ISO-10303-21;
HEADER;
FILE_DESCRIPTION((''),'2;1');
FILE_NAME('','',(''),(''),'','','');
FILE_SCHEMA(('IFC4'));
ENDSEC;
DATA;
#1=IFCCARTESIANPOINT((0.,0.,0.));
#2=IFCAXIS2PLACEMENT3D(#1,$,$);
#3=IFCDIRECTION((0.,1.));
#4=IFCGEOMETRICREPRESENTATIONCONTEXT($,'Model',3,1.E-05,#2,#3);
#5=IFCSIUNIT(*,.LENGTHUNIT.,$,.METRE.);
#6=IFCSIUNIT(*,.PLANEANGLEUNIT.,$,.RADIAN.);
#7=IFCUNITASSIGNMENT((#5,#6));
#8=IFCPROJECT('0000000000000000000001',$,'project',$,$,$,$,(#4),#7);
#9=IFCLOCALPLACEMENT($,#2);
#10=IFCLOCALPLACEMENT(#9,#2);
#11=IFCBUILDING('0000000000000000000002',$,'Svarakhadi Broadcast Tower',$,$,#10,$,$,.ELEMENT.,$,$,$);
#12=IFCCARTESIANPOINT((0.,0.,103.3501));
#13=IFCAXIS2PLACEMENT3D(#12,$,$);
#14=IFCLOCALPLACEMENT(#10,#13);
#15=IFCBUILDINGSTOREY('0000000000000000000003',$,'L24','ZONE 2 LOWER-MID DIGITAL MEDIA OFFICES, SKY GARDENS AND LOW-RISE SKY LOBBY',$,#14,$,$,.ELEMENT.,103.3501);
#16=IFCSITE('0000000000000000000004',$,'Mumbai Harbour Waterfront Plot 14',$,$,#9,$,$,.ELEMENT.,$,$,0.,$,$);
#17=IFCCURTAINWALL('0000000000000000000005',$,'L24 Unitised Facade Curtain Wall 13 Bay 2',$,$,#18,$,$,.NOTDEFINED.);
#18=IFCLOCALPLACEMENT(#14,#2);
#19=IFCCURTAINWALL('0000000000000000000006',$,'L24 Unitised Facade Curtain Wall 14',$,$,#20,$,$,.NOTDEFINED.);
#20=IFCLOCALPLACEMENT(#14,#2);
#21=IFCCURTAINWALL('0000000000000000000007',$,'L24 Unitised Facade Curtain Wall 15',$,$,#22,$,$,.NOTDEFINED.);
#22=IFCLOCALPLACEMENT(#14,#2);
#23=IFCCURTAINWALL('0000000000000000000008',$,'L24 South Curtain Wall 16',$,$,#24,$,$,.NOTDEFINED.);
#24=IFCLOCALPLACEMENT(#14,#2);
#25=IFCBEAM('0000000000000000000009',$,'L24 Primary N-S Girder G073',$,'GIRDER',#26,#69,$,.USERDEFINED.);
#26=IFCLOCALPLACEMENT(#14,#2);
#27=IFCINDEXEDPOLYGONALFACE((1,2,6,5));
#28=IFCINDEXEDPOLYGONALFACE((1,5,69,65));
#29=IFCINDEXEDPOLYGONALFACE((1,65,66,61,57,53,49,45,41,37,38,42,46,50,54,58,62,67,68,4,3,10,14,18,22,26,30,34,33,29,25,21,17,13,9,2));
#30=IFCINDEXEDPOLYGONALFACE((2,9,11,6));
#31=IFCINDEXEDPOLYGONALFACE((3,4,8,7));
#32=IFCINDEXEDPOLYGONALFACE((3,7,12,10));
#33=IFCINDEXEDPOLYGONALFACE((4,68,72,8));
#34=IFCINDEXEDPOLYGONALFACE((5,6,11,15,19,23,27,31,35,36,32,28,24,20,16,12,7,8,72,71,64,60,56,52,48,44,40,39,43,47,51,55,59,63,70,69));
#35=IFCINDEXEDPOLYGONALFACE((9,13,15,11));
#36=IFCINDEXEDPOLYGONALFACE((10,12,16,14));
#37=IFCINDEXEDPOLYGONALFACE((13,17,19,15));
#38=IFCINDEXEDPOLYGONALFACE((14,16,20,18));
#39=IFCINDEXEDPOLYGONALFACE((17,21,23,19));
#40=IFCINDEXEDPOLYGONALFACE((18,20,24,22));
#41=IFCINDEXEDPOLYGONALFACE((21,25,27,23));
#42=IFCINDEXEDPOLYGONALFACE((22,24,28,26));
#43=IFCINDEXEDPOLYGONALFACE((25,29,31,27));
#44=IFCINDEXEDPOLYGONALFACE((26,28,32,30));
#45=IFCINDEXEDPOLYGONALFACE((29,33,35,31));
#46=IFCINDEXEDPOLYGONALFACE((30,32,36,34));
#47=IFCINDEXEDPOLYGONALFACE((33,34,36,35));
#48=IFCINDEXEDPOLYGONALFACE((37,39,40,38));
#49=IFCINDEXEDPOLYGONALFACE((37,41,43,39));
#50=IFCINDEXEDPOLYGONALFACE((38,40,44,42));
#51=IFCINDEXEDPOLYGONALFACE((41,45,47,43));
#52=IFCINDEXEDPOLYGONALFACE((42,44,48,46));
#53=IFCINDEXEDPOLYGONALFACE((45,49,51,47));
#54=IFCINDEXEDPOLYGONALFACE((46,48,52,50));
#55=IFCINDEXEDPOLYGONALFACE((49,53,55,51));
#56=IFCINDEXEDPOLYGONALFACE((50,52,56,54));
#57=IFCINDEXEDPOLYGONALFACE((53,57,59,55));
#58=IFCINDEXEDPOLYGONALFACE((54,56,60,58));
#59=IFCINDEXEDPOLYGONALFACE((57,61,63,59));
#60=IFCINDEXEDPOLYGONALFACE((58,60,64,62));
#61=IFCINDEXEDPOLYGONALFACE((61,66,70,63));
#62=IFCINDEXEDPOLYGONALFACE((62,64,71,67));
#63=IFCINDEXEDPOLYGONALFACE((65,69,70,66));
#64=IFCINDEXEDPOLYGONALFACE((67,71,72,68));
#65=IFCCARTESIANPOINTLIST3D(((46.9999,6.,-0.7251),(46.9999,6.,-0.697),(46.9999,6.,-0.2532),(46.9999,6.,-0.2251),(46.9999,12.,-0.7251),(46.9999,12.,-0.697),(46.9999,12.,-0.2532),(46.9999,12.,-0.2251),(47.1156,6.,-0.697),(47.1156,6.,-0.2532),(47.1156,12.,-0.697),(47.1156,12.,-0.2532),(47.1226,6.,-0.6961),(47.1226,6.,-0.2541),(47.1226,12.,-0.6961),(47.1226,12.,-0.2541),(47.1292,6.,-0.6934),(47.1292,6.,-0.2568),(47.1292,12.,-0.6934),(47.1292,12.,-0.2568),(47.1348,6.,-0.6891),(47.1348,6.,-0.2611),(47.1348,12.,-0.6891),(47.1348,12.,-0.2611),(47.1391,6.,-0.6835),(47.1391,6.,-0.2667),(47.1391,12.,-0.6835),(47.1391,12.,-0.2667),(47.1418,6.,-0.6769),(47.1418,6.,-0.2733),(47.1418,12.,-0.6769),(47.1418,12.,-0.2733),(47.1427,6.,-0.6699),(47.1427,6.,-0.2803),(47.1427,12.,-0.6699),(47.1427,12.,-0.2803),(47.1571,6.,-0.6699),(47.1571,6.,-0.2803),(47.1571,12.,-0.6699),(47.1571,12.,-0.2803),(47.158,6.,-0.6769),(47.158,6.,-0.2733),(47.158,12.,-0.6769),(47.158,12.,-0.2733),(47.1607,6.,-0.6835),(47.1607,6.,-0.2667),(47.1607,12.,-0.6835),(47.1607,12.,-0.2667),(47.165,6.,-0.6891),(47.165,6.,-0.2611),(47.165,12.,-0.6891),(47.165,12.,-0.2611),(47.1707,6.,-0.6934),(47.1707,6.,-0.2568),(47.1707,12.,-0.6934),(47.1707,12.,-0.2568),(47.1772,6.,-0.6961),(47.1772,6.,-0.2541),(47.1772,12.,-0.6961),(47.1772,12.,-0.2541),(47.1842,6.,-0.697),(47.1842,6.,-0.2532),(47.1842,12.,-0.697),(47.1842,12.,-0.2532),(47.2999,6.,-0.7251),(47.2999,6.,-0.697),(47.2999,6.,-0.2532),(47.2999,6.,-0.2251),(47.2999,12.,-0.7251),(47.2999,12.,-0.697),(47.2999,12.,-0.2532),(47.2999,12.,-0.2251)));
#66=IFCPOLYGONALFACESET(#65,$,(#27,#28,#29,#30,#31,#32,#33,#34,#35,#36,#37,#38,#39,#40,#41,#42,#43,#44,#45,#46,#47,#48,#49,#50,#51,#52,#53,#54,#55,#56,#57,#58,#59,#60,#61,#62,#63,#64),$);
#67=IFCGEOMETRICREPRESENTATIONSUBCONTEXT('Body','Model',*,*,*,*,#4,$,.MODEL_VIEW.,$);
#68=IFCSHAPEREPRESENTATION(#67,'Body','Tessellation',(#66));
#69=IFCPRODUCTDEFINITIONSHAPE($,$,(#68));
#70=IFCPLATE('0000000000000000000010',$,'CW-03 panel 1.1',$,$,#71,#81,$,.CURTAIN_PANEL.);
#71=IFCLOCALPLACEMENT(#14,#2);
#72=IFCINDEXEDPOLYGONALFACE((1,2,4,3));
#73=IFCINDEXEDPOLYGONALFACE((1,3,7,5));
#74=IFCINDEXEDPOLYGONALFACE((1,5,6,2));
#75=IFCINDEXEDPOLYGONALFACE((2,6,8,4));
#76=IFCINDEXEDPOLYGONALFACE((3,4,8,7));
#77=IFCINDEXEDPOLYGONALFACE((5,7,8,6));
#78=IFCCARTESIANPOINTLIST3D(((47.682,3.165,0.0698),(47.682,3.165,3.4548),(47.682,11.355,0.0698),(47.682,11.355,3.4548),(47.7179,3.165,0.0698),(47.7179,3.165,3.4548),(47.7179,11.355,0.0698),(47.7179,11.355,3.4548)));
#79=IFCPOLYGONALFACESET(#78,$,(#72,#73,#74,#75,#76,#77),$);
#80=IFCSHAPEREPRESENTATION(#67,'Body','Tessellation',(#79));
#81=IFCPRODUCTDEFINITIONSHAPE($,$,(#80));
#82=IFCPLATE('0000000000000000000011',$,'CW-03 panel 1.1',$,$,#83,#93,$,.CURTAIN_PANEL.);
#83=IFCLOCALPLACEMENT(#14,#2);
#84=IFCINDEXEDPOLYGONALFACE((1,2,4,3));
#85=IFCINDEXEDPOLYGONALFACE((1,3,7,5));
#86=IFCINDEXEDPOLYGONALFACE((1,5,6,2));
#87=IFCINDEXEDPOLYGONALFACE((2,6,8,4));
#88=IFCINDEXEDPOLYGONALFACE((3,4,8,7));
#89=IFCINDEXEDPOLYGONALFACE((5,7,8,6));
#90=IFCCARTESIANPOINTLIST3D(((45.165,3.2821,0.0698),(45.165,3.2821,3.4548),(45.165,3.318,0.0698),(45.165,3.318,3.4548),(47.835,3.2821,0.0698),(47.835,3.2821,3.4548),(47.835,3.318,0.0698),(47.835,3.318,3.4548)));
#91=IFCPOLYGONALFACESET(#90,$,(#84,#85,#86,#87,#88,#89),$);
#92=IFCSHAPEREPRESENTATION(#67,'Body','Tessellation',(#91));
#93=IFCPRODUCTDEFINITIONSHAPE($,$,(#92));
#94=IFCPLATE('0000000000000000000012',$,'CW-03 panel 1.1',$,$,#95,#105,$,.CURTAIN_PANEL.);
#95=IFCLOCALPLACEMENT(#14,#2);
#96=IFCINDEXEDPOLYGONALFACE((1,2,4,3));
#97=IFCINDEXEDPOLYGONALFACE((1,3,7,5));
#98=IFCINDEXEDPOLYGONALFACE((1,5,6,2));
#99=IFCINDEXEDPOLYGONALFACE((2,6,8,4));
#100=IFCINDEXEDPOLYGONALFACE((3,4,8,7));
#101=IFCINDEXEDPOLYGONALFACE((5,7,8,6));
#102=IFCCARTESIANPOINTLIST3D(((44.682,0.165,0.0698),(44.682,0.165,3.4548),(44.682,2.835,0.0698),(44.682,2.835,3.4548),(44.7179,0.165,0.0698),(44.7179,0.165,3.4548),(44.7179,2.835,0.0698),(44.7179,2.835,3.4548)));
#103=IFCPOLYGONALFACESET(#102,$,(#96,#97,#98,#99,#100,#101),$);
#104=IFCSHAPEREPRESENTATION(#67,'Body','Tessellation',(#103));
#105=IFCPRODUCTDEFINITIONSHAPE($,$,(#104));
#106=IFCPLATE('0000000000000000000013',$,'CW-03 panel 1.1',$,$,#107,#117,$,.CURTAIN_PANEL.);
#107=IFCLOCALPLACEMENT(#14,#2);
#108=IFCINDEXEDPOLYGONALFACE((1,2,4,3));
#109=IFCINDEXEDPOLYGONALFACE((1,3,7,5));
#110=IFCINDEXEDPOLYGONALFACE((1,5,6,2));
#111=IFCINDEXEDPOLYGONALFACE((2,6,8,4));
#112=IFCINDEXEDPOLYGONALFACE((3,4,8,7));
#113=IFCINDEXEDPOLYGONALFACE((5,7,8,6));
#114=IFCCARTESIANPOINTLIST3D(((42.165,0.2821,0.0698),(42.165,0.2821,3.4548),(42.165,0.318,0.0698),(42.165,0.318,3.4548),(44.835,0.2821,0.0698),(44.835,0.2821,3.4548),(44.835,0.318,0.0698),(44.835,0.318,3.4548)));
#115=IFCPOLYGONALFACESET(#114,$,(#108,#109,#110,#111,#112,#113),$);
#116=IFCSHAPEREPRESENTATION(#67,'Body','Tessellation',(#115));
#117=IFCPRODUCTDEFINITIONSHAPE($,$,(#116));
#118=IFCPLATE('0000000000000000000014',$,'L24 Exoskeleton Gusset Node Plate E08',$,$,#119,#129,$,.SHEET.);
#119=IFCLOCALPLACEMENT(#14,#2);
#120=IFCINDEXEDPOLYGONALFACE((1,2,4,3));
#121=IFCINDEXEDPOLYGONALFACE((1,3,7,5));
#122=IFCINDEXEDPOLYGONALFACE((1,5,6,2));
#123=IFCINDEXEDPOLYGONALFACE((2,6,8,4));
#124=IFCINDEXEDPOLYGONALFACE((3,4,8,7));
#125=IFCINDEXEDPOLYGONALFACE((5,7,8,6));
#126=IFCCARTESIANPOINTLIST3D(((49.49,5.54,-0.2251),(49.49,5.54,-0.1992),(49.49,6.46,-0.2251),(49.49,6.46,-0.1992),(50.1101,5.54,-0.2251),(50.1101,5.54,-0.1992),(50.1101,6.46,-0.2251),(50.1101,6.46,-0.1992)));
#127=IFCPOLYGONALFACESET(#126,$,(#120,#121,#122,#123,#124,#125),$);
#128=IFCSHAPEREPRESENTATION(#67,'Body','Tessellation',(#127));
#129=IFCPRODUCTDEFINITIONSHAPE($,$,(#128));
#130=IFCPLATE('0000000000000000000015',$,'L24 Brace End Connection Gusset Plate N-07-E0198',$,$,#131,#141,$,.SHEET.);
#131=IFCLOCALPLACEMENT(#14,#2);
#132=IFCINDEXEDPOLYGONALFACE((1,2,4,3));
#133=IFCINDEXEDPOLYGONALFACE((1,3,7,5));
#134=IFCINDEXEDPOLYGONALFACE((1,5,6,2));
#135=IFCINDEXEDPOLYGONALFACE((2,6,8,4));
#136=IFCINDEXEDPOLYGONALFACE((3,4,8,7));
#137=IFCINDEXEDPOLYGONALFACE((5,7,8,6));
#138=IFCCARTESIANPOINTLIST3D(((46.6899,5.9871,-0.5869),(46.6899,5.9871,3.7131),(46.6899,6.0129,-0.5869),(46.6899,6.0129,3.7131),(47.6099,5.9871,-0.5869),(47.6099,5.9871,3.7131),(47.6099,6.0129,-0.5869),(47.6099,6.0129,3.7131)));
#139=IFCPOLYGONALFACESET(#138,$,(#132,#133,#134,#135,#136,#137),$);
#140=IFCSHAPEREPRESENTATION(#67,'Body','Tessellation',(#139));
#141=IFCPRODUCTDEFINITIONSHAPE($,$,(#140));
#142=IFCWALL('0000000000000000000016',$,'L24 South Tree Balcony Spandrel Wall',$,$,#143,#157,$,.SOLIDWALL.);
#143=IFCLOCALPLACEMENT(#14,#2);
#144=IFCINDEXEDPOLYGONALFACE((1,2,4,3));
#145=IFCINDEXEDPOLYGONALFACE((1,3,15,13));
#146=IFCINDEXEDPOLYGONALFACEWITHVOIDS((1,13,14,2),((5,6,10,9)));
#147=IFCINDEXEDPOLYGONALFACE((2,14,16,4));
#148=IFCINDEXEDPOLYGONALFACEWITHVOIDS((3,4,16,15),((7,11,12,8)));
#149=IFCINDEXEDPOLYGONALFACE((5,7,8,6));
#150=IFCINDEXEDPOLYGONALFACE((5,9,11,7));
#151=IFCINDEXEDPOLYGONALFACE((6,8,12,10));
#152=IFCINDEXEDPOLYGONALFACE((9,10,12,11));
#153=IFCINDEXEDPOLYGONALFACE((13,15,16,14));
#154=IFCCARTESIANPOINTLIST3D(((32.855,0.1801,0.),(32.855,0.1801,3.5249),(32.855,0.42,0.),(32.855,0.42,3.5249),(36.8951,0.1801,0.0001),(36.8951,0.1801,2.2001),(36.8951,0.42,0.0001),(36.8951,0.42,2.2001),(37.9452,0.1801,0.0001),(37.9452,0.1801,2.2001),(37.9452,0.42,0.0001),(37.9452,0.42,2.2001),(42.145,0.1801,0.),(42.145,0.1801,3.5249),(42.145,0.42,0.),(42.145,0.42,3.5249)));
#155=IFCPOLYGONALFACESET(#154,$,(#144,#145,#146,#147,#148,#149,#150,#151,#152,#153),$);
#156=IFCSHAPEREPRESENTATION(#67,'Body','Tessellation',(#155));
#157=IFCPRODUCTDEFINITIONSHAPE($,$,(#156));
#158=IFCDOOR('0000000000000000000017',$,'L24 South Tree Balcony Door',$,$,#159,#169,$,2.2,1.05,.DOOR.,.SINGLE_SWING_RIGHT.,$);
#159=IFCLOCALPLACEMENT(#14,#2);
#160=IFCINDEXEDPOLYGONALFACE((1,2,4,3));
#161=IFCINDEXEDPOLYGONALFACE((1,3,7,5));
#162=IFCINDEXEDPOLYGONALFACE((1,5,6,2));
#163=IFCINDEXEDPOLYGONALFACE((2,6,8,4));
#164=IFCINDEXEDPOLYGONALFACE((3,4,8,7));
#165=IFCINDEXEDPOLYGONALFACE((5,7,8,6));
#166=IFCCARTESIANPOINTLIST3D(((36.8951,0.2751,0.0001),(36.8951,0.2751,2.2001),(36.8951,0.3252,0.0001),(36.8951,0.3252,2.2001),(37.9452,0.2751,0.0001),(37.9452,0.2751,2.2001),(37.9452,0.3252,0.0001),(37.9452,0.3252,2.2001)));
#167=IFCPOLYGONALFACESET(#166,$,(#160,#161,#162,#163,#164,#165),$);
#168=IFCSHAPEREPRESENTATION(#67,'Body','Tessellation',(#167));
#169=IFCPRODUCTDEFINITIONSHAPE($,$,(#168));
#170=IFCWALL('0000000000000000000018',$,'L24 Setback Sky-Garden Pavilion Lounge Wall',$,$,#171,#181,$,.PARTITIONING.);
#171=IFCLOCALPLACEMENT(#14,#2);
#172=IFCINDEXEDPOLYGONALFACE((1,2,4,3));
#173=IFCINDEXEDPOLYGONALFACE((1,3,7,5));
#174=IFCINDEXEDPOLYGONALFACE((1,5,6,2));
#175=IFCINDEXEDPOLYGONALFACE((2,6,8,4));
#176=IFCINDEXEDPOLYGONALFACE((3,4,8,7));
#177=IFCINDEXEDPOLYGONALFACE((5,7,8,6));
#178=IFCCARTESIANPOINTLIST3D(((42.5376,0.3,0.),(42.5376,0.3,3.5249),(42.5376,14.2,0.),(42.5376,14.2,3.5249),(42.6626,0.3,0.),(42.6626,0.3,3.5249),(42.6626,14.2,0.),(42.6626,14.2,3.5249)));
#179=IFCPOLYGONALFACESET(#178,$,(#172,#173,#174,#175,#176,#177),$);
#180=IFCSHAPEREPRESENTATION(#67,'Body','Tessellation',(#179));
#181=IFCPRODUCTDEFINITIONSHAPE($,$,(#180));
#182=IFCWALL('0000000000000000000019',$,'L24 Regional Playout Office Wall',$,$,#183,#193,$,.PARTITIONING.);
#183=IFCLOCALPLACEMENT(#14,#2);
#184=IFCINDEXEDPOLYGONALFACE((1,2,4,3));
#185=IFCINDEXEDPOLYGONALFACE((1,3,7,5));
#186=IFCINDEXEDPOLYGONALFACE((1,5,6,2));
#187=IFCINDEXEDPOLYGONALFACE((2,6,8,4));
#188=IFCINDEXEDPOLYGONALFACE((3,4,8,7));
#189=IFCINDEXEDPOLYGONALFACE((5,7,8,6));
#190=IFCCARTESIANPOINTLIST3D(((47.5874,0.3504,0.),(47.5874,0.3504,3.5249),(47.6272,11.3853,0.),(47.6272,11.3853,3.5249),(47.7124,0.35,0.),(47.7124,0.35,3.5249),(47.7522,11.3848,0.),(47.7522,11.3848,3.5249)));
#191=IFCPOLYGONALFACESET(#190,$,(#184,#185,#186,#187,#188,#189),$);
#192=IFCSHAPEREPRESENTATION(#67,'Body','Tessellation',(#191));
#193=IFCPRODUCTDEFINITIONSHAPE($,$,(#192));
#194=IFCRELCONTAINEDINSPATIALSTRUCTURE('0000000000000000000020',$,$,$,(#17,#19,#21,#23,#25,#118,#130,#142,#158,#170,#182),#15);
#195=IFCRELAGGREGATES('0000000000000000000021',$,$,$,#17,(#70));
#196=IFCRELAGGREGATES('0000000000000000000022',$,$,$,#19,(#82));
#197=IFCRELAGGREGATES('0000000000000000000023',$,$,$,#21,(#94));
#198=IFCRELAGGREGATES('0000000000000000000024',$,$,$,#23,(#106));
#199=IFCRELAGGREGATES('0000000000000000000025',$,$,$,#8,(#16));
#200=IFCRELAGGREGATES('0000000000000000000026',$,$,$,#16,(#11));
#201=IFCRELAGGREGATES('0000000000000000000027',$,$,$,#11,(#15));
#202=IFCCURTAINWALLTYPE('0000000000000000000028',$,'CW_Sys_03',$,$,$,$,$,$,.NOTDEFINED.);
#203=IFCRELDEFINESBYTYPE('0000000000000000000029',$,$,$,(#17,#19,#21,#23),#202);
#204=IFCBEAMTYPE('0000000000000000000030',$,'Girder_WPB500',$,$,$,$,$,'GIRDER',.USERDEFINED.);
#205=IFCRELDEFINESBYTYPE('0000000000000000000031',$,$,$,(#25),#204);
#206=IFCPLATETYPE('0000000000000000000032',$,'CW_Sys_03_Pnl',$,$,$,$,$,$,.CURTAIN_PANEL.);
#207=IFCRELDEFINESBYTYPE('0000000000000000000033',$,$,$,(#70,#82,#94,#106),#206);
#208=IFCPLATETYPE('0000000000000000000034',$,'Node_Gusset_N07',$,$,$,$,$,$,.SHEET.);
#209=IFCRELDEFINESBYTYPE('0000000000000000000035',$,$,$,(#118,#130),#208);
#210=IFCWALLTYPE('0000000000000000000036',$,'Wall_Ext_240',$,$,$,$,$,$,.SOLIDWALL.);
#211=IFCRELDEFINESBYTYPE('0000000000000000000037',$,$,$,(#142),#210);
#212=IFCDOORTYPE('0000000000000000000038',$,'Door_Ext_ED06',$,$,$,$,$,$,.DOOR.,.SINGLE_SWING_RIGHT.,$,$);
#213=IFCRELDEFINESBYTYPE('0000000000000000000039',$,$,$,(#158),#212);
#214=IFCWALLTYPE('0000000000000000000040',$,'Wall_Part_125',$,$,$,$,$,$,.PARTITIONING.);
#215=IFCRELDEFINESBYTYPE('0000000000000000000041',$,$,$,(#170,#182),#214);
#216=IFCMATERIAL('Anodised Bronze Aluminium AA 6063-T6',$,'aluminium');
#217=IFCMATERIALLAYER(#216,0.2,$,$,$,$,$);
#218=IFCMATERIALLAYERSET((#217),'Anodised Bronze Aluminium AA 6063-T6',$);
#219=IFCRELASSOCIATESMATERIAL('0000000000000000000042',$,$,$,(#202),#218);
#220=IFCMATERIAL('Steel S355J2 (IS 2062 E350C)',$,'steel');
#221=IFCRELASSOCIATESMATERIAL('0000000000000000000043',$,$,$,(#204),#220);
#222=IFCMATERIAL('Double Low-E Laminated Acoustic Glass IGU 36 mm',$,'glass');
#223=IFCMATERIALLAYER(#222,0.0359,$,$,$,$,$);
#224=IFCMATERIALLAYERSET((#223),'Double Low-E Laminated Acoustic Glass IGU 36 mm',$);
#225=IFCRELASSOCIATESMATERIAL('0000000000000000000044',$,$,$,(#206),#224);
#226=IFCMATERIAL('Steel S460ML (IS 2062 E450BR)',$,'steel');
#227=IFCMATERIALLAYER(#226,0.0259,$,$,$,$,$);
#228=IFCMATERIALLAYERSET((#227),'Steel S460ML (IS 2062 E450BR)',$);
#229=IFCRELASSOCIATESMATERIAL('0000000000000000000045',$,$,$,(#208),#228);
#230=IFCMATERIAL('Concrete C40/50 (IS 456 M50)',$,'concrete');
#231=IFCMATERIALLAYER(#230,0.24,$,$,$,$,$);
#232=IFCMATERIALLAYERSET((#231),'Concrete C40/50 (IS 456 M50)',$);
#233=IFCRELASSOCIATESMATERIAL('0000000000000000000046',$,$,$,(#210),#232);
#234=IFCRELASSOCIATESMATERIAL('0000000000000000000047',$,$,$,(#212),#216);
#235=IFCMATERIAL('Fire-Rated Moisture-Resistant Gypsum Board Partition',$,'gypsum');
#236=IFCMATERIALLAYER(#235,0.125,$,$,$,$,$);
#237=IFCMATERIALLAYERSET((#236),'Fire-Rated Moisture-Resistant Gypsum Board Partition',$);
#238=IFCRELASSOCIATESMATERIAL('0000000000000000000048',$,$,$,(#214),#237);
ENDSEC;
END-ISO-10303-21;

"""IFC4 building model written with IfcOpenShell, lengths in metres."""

from ifc_helpers import new_model, si_unit, direction, frame, frame_2d, origin, origin_2d, place, context, subcontext, project, spatial, rectangle, i_section, extrude, material, layer, layer_set, material_profile, profile_set, type_object, element, fill, aggregate, save


model = new_model("IFC4")

# Units and contexts
model_context = context("Model", 3, precision=1e-05, world=origin(), true_north=direction((0.0, 1.0)))
body_context = subcontext(model_context, "Body", "Model", "MODEL_VIEW")
ifc_project = project(units=[si_unit("LENGTHUNIT", "METRE"), si_unit("PLANEANGLEUNIT", "RADIAN")], contexts=[model_context])

# Site, building, storey
site_placement = place(None, origin())
site = spatial("IfcSite", under=ifc_project, at=site_placement, Name="Mumbai Harbour Waterfront Plot 14", CompositionType="ELEMENT", RefElevation=0.0)
building_placement = place(site_placement, origin())
building = spatial("IfcBuilding", under=site, at=building_placement, Name="Svarakhadi Broadcast Tower", CompositionType="ELEMENT")
storey_placement = place(building_placement, frame((0.0, 0.0, 103.3501)))
storey = spatial("IfcBuildingStorey", under=building, at=storey_placement, Name="L24", Description="ZONE 2 LOWER-MID DIGITAL MEDIA OFFICES, SKY GARDENS AND LOW-RISE SKY LOBBY", CompositionType="ELEMENT", Elevation=103.3501)

# Shared definitions
ifc_material_1 = material(Name="Steel S460ML (IS 2062 E450BR)", Category="steel")

# Shared definitions
ifc_material_2 = material(Name="Steel S355J2 (IS 2062 E350C)", Category="steel")

# Curtain walls
ifc_material_3 = material(Name="Anodised Bronze Aluminium AA 6063-T6", Category="aluminium")
ifc_layer_1 = layer(ifc_material_3, 0.2)
ifc_layer_set_1 = layer_set([ifc_layer_1], Name="Anodised Bronze Aluminium AA 6063-T6")
curtain_wall_type = type_object("IfcCurtainWallType", Name="CW_Sys_03", PredefinedType="NOTDEFINED", material=ifc_layer_set_1)
curtain_wall_1_placement = place(storey_placement, origin())
curtain_wall_1 = element("IfcCurtainWall", 1, at=curtain_wall_1_placement, inside=storey, type_object=curtain_wall_type, Name="L24 Unitised Facade Curtain Wall 13 Bay 2", PredefinedType="NOTDEFINED")
curtain_wall_2_placement = place(storey_placement, origin())
curtain_wall_2 = element("IfcCurtainWall", 2, at=curtain_wall_2_placement, inside=storey, type_object=curtain_wall_type, Name="L24 Unitised Facade Curtain Wall 14", PredefinedType="NOTDEFINED")
curtain_wall_3_placement = place(storey_placement, origin())
curtain_wall_3 = element("IfcCurtainWall", 3, at=curtain_wall_3_placement, inside=storey, type_object=curtain_wall_type, Name="L24 Unitised Facade Curtain Wall 15", PredefinedType="NOTDEFINED")
curtain_wall_4_placement = place(storey_placement, origin())
curtain_wall_4 = element("IfcCurtainWall", 4, at=curtain_wall_4_placement, inside=storey, type_object=curtain_wall_type, Name="L24 South Curtain Wall 16", PredefinedType="NOTDEFINED")

# Beam
ifc_material_profile_1 = material_profile(ifc_material_2, i_section(OverallWidth=0.3, OverallDepth=0.5, WebThickness=0.0144, FlangeThickness=0.0281, FilletRadius=0.0271, at=origin_2d()), Name="WPB 500x300x187")
ifc_profile_set_1 = profile_set([ifc_material_profile_1], Name="Steel S355J2 (IS 2062 E350C)")
beam_type_1 = type_object("IfcBeamType", Name="Girder_WPB500", ElementType="GIRDER", PredefinedType="USERDEFINED", material=ifc_profile_set_1)
beam_1_placement = place(storey_placement, frame((47.1499, 6.0, -0.4751), z_axis=(0.0, 1.0, 0.0), x_axis=(-1.0, 0.0, 0.0)))
element("IfcBeam", 5, at=beam_1_placement, inside=storey, type_object=beam_type_1, Name="L24 Primary N-S Girder G073", ObjectType="GIRDER", PredefinedType="USERDEFINED", context=body_context, shape_type="SweptSolid", body=[
    extrude(i_section(OverallWidth=0.3, OverallDepth=0.5, WebThickness=0.0144, FlangeThickness=0.0281, FilletRadius=0.0271, at=origin_2d()), origin(), (0.0, 0.0, 1.0), 6.0),
])

# Plates
ifc_material_4 = material(Name="Double Low-E Laminated Acoustic Glass IGU 36 mm", Category="glass")
ifc_layer_2 = layer(ifc_material_4, 0.0359)
ifc_layer_set_2 = layer_set([ifc_layer_2], Name="Double Low-E Laminated Acoustic Glass IGU 36 mm")
plate_type_1 = type_object("IfcPlateType", Name="CW_Sys_03_Pnl", PredefinedType="CURTAIN_PANEL", material=ifc_layer_set_2)
plate_1_placement = place(storey_placement, frame((47.7, 7.26, 0.0698), z_axis=(0.0, 0.0, 1.0), x_axis=(0.0, -1.0, 0.0)))
plate_1 = element("IfcPlate", 6, at=plate_1_placement, type_object=plate_type_1, Name="CW-03 panel 1.1", PredefinedType="CURTAIN_PANEL", context=body_context, shape_type="SweptSolid", body=[
    extrude(rectangle(XDim=8.1899, YDim=0.0359, at=origin_2d()), origin(), (0.0, 0.0, 1.0), 3.385),
])
aggregate(curtain_wall_1, [plate_1])
plate_2_placement = place(storey_placement, frame((46.5, 3.3, 0.0698), z_axis=(0.0, 0.0, 1.0), x_axis=(-1.0, 0.0, 0.0)))
plate_2 = element("IfcPlate", 7, at=plate_2_placement, type_object=plate_type_1, Name="CW-03 panel 1.1", PredefinedType="CURTAIN_PANEL", context=body_context, shape_type="SweptSolid", body=[
    extrude(rectangle(XDim=2.6699, YDim=0.0359, at=origin_2d()), origin(), (0.0, 0.0, 1.0), 3.385),
])
aggregate(curtain_wall_2, [plate_2])
plate_3_placement = place(storey_placement, frame((44.7, 1.5, 0.0698), z_axis=(0.0, 0.0, 1.0), x_axis=(0.0, -1.0, 0.0)))
plate_3 = element("IfcPlate", 8, at=plate_3_placement, type_object=plate_type_1, Name="CW-03 panel 1.1", PredefinedType="CURTAIN_PANEL", context=body_context, shape_type="SweptSolid", body=[
    extrude(rectangle(XDim=2.6699, YDim=0.0359, at=origin_2d()), origin(), (0.0, 0.0, 1.0), 3.385),
])
aggregate(curtain_wall_3, [plate_3])
plate_4_placement = place(storey_placement, frame((43.5, 0.3, 0.0698), z_axis=(0.0, 0.0, 1.0), x_axis=(-1.0, 0.0, 0.0)))
plate_4 = element("IfcPlate", 9, at=plate_4_placement, type_object=plate_type_1, Name="CW-03 panel 1.1", PredefinedType="CURTAIN_PANEL", context=body_context, shape_type="SweptSolid", body=[
    extrude(rectangle(XDim=2.6699, YDim=0.0359, at=origin_2d()), origin(), (0.0, 0.0, 1.0), 3.385),
])
aggregate(curtain_wall_4, [plate_4])

# Plates
ifc_layer_3 = layer(ifc_material_1, 0.0259)
ifc_layer_set_3 = layer_set([ifc_layer_3], Name="Steel S460ML (IS 2062 E450BR)")
plate_type_2 = type_object("IfcPlateType", Name="Node_Gusset_N07", PredefinedType="SHEET", material=ifc_layer_set_3)
plate_5_placement = place(storey_placement, frame((49.8, 6.0, -0.2251), z_axis=(0.0, 0.0, 1.0), x_axis=(0.0, 1.0, 0.0)))
element("IfcPlate", 10, at=plate_5_placement, inside=storey, type_object=plate_type_2, Name="L24 Exoskeleton Gusset Node Plate E08", PredefinedType="SHEET", context=body_context, shape_type="SweptSolid", body=[
    extrude(rectangle(XDim=0.9199, YDim=0.6201, at=origin_2d()), origin(), (0.0, 0.0, 1.0), 0.0259),
])
plate_6_placement = place(storey_placement, frame((47.1499, 6.0, -0.5869), z_axis=(0.0, 0.0, 1.0), x_axis=(1.0, 0.0, 0.0)))
element("IfcPlate", 11, at=plate_6_placement, inside=storey, type_object=plate_type_2, Name="L24 Brace End Connection Gusset Plate N-07-E0198", PredefinedType="SHEET", context=body_context, shape_type="SweptSolid", body=[
    extrude(rectangle(XDim=0.9199, YDim=0.0259, at=origin_2d()), origin(), (0.0, 0.0, 1.0), 4.3),
])

# Wall, opening, door
ifc_material_5 = material(Name="Concrete C40/50 (IS 456 M50)", Category="concrete")
ifc_layer_4 = layer(ifc_material_5, 0.24)
ifc_layer_set_4 = layer_set([ifc_layer_4], Name="Concrete C40/50 (IS 456 M50)")
wall_type_1 = type_object("IfcWallType", Name="Wall_Ext_240", PredefinedType="SOLIDWALL", material=ifc_layer_set_4)
wall_1_placement = place(storey_placement, frame((42.145, 0.3, 0.0), z_axis=(0.0, 0.0, 1.0), x_axis=(-1.0, 0.0, 0.0)))
wall_1 = element("IfcWall", 12, at=wall_1_placement, inside=storey, type_object=wall_type_1, Name="L24 South Tree Balcony Spandrel Wall", PredefinedType="SOLIDWALL", context=body_context, shape_type="SweptSolid", body=[
    extrude(rectangle(XDim=9.29, YDim=0.24, at=frame_2d((4.645, 0.0))), origin(), (0.0, 0.0, 1.0), 3.5249),
])
opening_placement = place(wall_1_placement, frame((4.2, 0.0, 0.0)))
opening = element("IfcOpeningElement", 13, at=opening_placement, cuts=wall_1, PredefinedType="OPENING", context=body_context, shape_type="SweptSolid", body=[
    extrude(rectangle(XDim=1.05, YDim=2.2, at=frame_2d((0.5249, 1.1001))), frame((0.0, 0.1299, 0.0), z_axis=(0.0, -1.0, 0.0), x_axis=(1.0, 0.0, 0.0)), (0.0, 0.0, 1.0), 0.26),
])
door_type = type_object("IfcDoorType", Name="Door_Ext_ED06", OperationType="SINGLE_SWING_RIGHT", PredefinedType="DOOR", material=ifc_material_3)
door_placement = place(opening_placement, origin())
door = element("IfcDoor", 14, at=door_placement, inside=storey, type_object=door_type, Name="L24 South Tree Balcony Door", OperationType="SINGLE_SWING_RIGHT", OverallHeight=2.2, OverallWidth=1.05, PredefinedType="DOOR", context=body_context, shape_type="SweptSolid", body=[
    extrude(rectangle(XDim=1.05, YDim=2.2, at=frame_2d((0.5249, 1.1001))), frame((0.0, 0.0249, 0.0), z_axis=(0.0, -1.0, 0.0), x_axis=(1.0, 0.0, 0.0)), (0.0, 0.0, 1.0), 0.05),
])
fill(opening, door)

# Walls
ifc_material_6 = material(Name="Fire-Rated Moisture-Resistant Gypsum Board Partition", Category="gypsum")
ifc_layer_5 = layer(ifc_material_6, 0.125)
ifc_layer_set_5 = layer_set([ifc_layer_5], Name="Fire-Rated Moisture-Resistant Gypsum Board Partition")
wall_type_2 = type_object("IfcWallType", Name="Wall_Part_125", PredefinedType="PARTITIONING", material=ifc_layer_set_5)
wall_2_placement = place(storey_placement, frame((42.6001, 0.3, 0.0), z_axis=(0.0, 0.0, 1.0), x_axis=(0.0, 1.0, 0.0)))
element("IfcWall", 15, at=wall_2_placement, inside=storey, type_object=wall_type_2, Name="L24 Setback Sky-Garden Pavilion Lounge Wall", PredefinedType="PARTITIONING", context=body_context, shape_type="SweptSolid", body=[
    extrude(rectangle(XDim=13.8999, YDim=0.125, at=frame_2d((6.95, 0.0))), origin(), (0.0, 0.0, 1.0), 3.5249),
])
wall_3_placement = place(storey_placement, frame((47.6499, 0.3501, 0.0), z_axis=(0.0, 0.0, 1.0), x_axis=(0.003606, 0.999993, 0.0)))
element("IfcWall", 16, at=wall_3_placement, inside=storey, type_object=wall_type_2, Name="L24 Regional Playout Office Wall", PredefinedType="PARTITIONING", context=body_context, shape_type="SweptSolid", body=[
    extrude(rectangle(XDim=11.0349, YDim=0.125, at=frame_2d((5.5176, 0.0))), origin(), (0.0, 0.0, 1.0), 3.5249),
])

save(model, "model.ifc")
